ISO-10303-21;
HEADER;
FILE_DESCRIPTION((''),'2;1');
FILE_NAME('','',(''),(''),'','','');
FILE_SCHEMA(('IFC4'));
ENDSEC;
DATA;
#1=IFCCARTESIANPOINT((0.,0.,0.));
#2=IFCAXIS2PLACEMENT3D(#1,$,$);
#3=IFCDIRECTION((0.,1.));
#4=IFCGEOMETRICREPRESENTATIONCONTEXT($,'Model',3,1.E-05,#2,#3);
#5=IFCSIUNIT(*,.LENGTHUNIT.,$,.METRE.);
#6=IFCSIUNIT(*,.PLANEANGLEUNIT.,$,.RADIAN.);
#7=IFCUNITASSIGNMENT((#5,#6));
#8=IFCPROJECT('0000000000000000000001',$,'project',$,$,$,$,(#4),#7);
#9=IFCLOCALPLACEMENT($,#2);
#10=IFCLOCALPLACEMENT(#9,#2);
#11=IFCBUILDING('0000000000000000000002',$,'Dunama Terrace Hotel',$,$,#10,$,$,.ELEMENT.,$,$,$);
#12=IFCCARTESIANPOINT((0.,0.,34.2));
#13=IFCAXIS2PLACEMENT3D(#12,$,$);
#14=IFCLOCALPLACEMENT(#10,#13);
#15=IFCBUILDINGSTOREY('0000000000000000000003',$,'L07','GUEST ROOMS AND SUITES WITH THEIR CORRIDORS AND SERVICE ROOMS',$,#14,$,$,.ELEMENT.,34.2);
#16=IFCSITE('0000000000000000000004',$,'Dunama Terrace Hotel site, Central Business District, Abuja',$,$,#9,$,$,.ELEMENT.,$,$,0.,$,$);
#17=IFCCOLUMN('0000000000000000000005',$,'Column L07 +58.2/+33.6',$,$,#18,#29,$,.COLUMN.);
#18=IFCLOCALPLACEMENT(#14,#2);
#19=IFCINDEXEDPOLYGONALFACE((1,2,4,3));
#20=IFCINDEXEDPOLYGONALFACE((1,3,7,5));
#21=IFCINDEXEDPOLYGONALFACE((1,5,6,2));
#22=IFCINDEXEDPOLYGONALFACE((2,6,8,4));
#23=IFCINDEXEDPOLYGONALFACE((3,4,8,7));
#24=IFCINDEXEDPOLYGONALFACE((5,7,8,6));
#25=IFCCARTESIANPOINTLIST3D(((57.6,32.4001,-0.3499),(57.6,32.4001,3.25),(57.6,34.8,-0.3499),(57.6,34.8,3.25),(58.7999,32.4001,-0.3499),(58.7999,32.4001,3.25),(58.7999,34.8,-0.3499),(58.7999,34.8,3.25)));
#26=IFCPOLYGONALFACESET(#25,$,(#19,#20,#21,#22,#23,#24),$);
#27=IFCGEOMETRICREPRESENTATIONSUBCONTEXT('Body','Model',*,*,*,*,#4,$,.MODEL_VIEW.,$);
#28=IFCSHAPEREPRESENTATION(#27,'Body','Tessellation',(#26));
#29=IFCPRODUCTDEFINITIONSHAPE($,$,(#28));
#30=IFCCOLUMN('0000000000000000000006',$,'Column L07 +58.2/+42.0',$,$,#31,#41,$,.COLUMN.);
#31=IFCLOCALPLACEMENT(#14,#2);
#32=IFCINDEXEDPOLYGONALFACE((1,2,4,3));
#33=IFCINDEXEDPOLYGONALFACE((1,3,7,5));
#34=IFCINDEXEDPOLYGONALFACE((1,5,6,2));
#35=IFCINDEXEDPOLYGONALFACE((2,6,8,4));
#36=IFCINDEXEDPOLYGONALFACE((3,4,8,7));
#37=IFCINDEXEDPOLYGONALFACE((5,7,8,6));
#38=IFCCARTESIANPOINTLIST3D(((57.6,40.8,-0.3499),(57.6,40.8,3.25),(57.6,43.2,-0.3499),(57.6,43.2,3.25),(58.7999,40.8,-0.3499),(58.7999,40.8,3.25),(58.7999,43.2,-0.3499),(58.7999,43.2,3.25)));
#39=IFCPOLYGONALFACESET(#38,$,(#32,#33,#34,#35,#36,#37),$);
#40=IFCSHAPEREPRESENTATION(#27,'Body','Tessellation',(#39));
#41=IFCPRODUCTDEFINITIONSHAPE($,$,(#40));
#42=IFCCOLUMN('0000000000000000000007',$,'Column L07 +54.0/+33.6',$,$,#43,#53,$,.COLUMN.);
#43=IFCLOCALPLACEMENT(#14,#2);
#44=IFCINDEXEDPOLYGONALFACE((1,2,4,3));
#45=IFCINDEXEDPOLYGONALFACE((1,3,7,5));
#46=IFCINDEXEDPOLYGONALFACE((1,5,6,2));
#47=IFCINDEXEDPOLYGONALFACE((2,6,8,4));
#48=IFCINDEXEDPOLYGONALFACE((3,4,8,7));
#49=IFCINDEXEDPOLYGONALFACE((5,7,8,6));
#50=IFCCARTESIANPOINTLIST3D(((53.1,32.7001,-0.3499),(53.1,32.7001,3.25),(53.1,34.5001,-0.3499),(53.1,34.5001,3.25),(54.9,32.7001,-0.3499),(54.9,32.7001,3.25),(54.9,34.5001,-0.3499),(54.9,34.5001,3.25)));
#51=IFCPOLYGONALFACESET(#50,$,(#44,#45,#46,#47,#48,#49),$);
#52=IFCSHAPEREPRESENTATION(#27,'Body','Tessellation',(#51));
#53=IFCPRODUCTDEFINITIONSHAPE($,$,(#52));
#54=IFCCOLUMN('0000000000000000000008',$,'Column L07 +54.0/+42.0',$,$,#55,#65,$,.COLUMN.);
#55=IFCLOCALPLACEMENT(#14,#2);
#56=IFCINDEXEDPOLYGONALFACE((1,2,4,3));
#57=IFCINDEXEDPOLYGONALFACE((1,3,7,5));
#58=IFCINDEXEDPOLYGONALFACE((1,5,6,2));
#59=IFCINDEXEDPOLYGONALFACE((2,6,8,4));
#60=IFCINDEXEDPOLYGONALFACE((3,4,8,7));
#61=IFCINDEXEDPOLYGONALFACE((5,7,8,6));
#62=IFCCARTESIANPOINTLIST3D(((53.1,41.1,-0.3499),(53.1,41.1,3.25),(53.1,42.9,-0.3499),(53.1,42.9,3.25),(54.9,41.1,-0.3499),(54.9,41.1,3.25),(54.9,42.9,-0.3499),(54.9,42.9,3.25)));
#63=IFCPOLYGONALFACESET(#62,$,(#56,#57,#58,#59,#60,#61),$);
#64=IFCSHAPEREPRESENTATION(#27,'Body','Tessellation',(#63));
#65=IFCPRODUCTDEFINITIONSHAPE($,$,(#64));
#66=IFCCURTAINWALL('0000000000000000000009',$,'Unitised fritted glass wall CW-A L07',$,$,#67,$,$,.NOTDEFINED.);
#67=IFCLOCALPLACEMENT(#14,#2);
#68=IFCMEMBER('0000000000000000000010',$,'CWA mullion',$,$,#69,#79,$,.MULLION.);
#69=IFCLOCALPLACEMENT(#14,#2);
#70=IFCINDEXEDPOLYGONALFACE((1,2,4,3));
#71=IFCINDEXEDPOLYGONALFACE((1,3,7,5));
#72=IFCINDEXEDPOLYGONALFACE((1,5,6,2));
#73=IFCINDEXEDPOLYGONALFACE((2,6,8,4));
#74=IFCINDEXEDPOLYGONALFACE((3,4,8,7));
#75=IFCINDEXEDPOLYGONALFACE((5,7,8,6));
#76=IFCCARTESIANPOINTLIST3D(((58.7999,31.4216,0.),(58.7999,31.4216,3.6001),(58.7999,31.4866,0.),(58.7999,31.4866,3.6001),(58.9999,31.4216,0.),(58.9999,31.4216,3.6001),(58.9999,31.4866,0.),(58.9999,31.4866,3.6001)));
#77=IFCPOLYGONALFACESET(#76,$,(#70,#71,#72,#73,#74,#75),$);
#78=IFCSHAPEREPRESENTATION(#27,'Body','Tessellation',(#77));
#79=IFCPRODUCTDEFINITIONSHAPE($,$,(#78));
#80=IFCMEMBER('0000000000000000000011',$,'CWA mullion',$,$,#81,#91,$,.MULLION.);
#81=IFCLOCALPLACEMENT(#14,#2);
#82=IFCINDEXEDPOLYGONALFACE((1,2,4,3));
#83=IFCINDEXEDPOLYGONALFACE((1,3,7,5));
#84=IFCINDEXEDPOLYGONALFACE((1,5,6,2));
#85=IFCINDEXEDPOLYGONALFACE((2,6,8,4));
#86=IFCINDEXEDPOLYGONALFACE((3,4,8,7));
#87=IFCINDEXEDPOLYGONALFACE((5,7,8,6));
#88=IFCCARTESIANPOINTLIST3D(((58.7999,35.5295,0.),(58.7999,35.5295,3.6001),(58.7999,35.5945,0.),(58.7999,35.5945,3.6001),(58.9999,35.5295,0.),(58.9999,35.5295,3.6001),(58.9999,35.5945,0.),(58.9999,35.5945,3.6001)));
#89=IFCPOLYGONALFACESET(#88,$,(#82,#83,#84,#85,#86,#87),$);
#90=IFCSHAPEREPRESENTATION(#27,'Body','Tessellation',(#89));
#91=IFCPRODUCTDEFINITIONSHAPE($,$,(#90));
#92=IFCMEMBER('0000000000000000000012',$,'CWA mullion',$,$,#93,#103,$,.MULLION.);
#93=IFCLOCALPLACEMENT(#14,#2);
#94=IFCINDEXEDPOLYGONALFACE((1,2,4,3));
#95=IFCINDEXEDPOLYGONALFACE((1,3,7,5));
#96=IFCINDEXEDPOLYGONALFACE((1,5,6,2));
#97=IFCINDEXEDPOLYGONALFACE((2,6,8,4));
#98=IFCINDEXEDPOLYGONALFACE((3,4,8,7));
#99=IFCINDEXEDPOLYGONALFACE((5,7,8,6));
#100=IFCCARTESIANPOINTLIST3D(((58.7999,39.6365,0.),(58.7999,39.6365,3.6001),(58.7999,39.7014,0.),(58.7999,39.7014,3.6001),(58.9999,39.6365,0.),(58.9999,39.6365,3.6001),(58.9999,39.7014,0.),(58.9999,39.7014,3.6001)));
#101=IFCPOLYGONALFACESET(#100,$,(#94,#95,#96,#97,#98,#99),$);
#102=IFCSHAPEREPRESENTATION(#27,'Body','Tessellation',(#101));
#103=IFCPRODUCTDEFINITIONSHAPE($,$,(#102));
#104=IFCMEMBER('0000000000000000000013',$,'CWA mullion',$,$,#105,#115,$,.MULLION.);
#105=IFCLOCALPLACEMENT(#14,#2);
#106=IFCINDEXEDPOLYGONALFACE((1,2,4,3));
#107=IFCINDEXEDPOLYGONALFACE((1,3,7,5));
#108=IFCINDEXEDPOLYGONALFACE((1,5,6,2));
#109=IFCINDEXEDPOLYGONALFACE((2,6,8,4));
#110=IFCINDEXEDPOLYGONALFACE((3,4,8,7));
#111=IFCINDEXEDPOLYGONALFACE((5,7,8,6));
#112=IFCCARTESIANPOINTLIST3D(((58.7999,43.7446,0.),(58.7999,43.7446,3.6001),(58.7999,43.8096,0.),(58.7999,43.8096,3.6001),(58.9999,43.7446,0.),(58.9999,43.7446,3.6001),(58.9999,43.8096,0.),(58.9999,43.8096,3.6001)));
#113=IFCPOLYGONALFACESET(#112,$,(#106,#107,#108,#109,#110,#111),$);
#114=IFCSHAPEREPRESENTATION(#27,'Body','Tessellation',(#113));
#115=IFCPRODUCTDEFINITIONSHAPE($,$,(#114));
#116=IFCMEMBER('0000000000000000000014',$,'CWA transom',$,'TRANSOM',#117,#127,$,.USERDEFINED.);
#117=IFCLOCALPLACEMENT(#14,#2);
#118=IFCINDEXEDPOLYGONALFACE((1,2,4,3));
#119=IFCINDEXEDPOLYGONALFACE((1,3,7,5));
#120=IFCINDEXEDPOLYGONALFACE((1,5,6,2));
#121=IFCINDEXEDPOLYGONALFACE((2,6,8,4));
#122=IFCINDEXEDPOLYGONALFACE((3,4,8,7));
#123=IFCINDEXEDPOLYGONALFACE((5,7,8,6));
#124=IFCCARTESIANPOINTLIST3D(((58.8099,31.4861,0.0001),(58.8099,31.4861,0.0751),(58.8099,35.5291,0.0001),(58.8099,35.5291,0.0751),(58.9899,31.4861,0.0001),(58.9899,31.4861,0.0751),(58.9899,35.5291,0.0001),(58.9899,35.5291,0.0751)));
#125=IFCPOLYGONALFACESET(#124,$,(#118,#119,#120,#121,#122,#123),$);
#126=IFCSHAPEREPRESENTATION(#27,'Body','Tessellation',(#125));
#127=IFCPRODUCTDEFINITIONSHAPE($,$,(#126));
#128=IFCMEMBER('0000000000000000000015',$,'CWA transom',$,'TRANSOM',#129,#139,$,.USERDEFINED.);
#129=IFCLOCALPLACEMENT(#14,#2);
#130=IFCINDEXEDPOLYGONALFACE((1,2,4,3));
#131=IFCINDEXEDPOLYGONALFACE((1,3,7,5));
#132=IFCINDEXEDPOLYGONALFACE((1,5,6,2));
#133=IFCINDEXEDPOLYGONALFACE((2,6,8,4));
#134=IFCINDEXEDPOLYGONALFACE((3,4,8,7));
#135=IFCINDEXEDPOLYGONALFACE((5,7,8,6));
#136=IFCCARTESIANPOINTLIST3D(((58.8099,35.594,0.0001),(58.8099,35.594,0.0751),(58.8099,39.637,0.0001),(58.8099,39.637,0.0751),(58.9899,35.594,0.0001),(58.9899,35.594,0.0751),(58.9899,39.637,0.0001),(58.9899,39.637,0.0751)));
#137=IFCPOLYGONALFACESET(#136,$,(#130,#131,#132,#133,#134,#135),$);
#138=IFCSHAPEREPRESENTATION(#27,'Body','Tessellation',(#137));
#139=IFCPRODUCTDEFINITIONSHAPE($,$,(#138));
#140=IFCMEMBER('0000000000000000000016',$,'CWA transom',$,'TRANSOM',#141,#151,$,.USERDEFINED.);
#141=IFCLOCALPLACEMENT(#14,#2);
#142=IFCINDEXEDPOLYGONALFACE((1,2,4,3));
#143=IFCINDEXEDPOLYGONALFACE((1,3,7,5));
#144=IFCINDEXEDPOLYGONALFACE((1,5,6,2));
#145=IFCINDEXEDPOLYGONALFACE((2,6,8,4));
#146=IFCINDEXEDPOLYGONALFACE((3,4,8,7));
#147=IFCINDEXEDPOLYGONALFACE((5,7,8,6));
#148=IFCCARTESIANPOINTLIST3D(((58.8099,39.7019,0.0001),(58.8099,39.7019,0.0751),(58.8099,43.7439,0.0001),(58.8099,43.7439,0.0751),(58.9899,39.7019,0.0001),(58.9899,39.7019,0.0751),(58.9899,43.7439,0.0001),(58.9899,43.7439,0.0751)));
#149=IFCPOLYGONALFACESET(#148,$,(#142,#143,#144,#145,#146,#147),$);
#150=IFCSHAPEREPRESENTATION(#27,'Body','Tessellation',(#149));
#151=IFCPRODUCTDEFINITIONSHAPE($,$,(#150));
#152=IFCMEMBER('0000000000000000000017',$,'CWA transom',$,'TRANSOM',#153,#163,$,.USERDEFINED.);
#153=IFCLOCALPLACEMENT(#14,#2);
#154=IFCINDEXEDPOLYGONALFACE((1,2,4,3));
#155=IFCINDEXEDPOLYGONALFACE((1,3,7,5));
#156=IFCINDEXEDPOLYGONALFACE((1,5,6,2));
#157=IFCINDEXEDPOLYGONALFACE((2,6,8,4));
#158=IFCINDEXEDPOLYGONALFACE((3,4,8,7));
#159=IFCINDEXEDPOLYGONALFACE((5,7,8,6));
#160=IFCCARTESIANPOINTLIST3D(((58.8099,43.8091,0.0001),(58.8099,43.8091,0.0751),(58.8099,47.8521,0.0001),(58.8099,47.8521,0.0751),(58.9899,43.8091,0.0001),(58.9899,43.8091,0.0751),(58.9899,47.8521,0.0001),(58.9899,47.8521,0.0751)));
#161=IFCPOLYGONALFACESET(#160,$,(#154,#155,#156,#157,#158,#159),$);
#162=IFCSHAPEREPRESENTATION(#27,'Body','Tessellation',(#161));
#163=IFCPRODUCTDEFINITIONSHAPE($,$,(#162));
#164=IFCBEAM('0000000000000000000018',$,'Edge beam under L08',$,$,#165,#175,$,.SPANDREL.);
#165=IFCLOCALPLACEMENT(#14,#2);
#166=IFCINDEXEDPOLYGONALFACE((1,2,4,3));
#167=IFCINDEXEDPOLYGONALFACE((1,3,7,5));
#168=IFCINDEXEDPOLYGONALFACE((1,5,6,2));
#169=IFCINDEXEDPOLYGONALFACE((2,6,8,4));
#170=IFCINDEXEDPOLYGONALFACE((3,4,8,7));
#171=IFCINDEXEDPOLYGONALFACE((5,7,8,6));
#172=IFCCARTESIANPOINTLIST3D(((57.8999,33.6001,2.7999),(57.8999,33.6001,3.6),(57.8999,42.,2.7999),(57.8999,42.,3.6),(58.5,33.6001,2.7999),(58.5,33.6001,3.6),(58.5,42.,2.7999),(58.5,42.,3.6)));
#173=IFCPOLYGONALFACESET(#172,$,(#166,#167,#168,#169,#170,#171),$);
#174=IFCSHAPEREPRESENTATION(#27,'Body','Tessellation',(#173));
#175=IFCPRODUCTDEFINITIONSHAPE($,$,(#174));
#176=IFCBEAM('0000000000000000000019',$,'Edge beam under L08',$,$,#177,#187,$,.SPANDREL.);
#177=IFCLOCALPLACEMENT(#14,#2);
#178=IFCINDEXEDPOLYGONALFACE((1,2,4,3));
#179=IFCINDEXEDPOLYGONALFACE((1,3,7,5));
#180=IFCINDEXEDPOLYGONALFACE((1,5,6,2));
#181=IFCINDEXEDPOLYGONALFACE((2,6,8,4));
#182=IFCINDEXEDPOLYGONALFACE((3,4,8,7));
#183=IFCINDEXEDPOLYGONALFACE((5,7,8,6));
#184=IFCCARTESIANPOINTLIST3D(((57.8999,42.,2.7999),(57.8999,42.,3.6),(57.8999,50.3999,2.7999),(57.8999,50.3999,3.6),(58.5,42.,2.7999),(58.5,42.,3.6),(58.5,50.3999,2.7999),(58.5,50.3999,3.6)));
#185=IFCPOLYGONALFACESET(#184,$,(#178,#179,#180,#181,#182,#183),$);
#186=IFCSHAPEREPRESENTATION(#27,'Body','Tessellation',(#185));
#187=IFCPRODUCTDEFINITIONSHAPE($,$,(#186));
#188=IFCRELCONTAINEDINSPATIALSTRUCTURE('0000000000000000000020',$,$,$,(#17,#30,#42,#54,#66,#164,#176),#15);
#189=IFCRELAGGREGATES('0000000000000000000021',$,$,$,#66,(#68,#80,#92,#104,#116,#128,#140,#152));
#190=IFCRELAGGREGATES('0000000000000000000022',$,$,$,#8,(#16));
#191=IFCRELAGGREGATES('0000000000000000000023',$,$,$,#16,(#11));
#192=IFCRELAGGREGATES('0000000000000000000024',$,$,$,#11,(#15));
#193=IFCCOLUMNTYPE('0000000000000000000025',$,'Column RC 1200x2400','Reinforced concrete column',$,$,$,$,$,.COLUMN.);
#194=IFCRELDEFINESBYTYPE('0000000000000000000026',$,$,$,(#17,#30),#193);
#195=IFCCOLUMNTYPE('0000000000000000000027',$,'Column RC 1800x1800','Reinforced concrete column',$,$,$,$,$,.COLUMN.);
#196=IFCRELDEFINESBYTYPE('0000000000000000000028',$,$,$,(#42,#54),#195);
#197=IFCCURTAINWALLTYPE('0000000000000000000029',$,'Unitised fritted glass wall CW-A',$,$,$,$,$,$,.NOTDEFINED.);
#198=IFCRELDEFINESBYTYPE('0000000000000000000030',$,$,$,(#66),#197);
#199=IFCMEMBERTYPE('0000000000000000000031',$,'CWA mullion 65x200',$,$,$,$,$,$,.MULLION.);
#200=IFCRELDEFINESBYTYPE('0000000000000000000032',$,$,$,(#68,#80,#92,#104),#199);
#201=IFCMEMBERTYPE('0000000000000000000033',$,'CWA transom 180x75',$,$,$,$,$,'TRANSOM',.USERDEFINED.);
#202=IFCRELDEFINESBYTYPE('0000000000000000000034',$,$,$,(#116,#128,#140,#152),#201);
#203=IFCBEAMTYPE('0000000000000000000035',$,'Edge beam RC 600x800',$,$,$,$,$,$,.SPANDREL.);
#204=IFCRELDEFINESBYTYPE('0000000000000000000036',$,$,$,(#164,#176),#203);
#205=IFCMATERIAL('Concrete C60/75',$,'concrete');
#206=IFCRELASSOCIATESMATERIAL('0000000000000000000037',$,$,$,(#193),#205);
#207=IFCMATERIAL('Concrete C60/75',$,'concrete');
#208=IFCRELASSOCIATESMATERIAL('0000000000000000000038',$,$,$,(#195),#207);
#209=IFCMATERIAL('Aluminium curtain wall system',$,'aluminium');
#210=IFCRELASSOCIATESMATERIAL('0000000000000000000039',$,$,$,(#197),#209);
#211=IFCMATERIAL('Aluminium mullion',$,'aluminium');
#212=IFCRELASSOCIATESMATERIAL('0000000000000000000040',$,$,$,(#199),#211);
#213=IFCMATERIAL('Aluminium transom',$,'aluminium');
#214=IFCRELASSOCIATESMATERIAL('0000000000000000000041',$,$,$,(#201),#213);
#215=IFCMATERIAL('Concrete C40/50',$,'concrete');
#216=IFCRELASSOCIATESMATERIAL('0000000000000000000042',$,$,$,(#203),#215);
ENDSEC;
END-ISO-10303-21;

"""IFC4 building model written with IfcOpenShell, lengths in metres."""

from ifc_helpers import new_model, si_unit, direction, frame, origin, origin_2d, place, context, subcontext, project, spatial, rectangle, extrude, material, material_profile, profile_set, type_object, element, aggregate, save


model = new_model("IFC4")

# Units and contexts
model_context = context("Model", 3, precision=1e-05, world=origin(), true_north=direction((0.0, 1.0)))
body_context = subcontext(model_context, "Body", "Model", "MODEL_VIEW")
ifc_project = project(units=[si_unit("LENGTHUNIT", "METRE"), si_unit("PLANEANGLEUNIT", "RADIAN")], contexts=[model_context])

# Site, building, storey
site_placement = place(None, origin())
site = spatial("IfcSite", under=ifc_project, at=site_placement, Name="Dunama Terrace Hotel site, Central Business District, Abuja", CompositionType="ELEMENT", RefElevation=0.0)
building_placement = place(site_placement, origin())
building = spatial("IfcBuilding", under=site, at=building_placement, Name="Dunama Terrace Hotel", CompositionType="ELEMENT")
storey_placement = place(building_placement, frame((0.0, 0.0, 34.2)))
storey = spatial("IfcBuildingStorey", under=building, at=storey_placement, Name="L07", Description="GUEST ROOMS AND SUITES WITH THEIR CORRIDORS AND SERVICE ROOMS", CompositionType="ELEMENT", Elevation=34.2)

# Columns
ifc_material_1 = material(Name="Concrete C60/75", Category="concrete")
ifc_material_profile_1 = material_profile(ifc_material_1, rectangle(XDim=1.2, YDim=2.3999, at=origin_2d()), Name="RC 1200x2400")
ifc_profile_set_1 = profile_set([ifc_material_profile_1], Name="Concrete C60/75")
column_type_1 = type_object("IfcColumnType", Name="Column RC 1200x2400", Description="Reinforced concrete column", PredefinedType="COLUMN", material=ifc_profile_set_1)
for number, where, z_axis, x_axis, name in (
    (1, (58.2, 33.6001, -0.3499), (0.0, 0.0, 1.0), (1.0, 0.0, 0.0), "Column L07 +58.2/+33.6"),
    (2, (58.2, 42.0, -0.3499), (0.0, 0.0, 1.0), (1.0, 0.0, 0.0), "Column L07 +58.2/+42.0"),
):
    element("IfcColumn", number, at=place(storey_placement, frame(where, z_axis=z_axis, x_axis=x_axis)), inside=storey, type_object=column_type_1, Name=name, PredefinedType="COLUMN", context=body_context, shape_type="SweptSolid", body=[
        extrude(rectangle(XDim=1.2, YDim=2.3999, at=origin_2d()), origin(), (0.0, 0.0, 1.0), 3.5999),
    ])
ifc_material_2 = material(Name="Concrete C60/75", Category="concrete")
ifc_material_profile_2 = material_profile(ifc_material_2, rectangle(XDim=1.8, YDim=1.8, at=origin_2d()), Name="RC 1800x1800")
ifc_profile_set_2 = profile_set([ifc_material_profile_2], Name="Concrete C60/75")
column_type_2 = type_object("IfcColumnType", Name="Column RC 1800x1800", Description="Reinforced concrete column", PredefinedType="COLUMN", material=ifc_profile_set_2)
for number, where, z_axis, x_axis, name in (
    (3, (54.0, 33.6001, -0.3499), (0.0, 0.0, 1.0), (1.0, 0.0, 0.0), "Column L07 +54.0/+33.6"),
    (4, (54.0, 42.0, -0.3499), (0.0, 0.0, 1.0), (1.0, 0.0, 0.0), "Column L07 +54.0/+42.0"),
):
    element("IfcColumn", number, at=place(storey_placement, frame(where, z_axis=z_axis, x_axis=x_axis)), inside=storey, type_object=column_type_2, Name=name, PredefinedType="COLUMN", context=body_context, shape_type="SweptSolid", body=[
        extrude(rectangle(XDim=1.8, YDim=1.8, at=origin_2d()), origin(), (0.0, 0.0, 1.0), 3.5999),
    ])

# Curtain wall, members
ifc_material_3 = material(Name="Aluminium curtain wall system", Category="aluminium")
curtain_wall_type = type_object("IfcCurtainWallType", Name="Unitised fritted glass wall CW-A", PredefinedType="NOTDEFINED", material=ifc_material_3)
curtain_wall_placement = place(storey_placement, origin())
curtain_wall = element("IfcCurtainWall", 5, at=curtain_wall_placement, inside=storey, type_object=curtain_wall_type, Name="Unitised fritted glass wall CW-A L07", PredefinedType="NOTDEFINED")
ifc_material_4 = material(Name="Aluminium mullion", Category="aluminium")
ifc_material_profile_3 = material_profile(ifc_material_4, rectangle(XDim=0.0649, YDim=0.2, at=origin_2d()), Name="CWA MULLION 65X200")
ifc_profile_set_3 = profile_set([ifc_material_profile_3], Name="Aluminium mullion")
member_type_1 = type_object("IfcMemberType", Name="CWA mullion 65x200", PredefinedType="MULLION", material=ifc_profile_set_3)
member_1_placement = place(storey_placement, frame((58.8999, 31.4541, 0.0), z_axis=(0.0, 0.0, 1.0), x_axis=(0.0, 1.0, 0.0)))
member_1 = element("IfcMember", 6, at=member_1_placement, type_object=member_type_1, Name="CWA mullion", PredefinedType="MULLION", context=body_context, shape_type="SweptSolid", body=[
    extrude(rectangle(XDim=0.0649, YDim=0.2, at=origin_2d()), origin(), (0.0, 0.0, 1.0), 3.6001),
])
member_2_placement = place(storey_placement, frame((58.8999, 35.562, 0.0), z_axis=(0.0, 0.0, 1.0), x_axis=(0.0, 1.0, 0.0)))
member_2 = element("IfcMember", 7, at=member_2_placement, type_object=member_type_1, Name="CWA mullion", PredefinedType="MULLION", context=body_context, shape_type="SweptSolid", body=[
    extrude(rectangle(XDim=0.0649, YDim=0.2, at=origin_2d()), origin(), (0.0, 0.0, 1.0), 3.6001),
])
member_3_placement = place(storey_placement, frame((58.8999, 39.6689, 0.0), z_axis=(0.0, 0.0, 1.0), x_axis=(0.0, 1.0, 0.0)))
member_3 = element("IfcMember", 8, at=member_3_placement, type_object=member_type_1, Name="CWA mullion", PredefinedType="MULLION", context=body_context, shape_type="SweptSolid", body=[
    extrude(rectangle(XDim=0.0649, YDim=0.2, at=origin_2d()), origin(), (0.0, 0.0, 1.0), 3.6001),
])
member_4_placement = place(storey_placement, frame((58.8999, 43.7771, 0.0), z_axis=(0.0, 0.0, 1.0), x_axis=(0.0, 1.0, 0.0)))
member_4 = element("IfcMember", 9, at=member_4_placement, type_object=member_type_1, Name="CWA mullion", PredefinedType="MULLION", context=body_context, shape_type="SweptSolid", body=[
    extrude(rectangle(XDim=0.0649, YDim=0.2, at=origin_2d()), origin(), (0.0, 0.0, 1.0), 3.6001),
])
ifc_material_5 = material(Name="Aluminium transom", Category="aluminium")
ifc_material_profile_4 = material_profile(ifc_material_5, rectangle(XDim=0.1799, YDim=0.075, at=origin_2d()), Name="CWA TRANSOM 180X75")
ifc_profile_set_4 = profile_set([ifc_material_profile_4], Name="Aluminium transom")
member_type_2 = type_object("IfcMemberType", Name="CWA transom 180x75", ElementType="TRANSOM", PredefinedType="USERDEFINED", material=ifc_profile_set_4)
member_5_placement = place(storey_placement, frame((58.8999, 31.4861, 0.0376), z_axis=(0.0, 1.0, 0.0), x_axis=(-1.0, 0.0, 0.0)))
member_5 = element("IfcMember", 10, at=member_5_placement, type_object=member_type_2, Name="CWA transom", ObjectType="TRANSOM", PredefinedType="USERDEFINED", context=body_context, shape_type="SweptSolid", body=[
    extrude(rectangle(XDim=0.1799, YDim=0.075, at=origin_2d()), origin(), (0.0, 0.0, 1.0), 4.043),
])
member_6_placement = place(storey_placement, frame((58.8999, 35.594, 0.0376), z_axis=(0.0, 1.0, 0.0), x_axis=(-1.0, 0.0, 0.0)))
member_6 = element("IfcMember", 11, at=member_6_placement, type_object=member_type_2, Name="CWA transom", ObjectType="TRANSOM", PredefinedType="USERDEFINED", context=body_context, shape_type="SweptSolid", body=[
    extrude(rectangle(XDim=0.1799, YDim=0.075, at=origin_2d()), origin(), (0.0, 0.0, 1.0), 4.043),
])
member_7_placement = place(storey_placement, frame((58.8999, 39.7019, 0.0376), z_axis=(0.0, 1.0, 0.0), x_axis=(-1.0, 0.0, 0.0)))
member_7 = element("IfcMember", 12, at=member_7_placement, type_object=member_type_2, Name="CWA transom", ObjectType="TRANSOM", PredefinedType="USERDEFINED", context=body_context, shape_type="SweptSolid", body=[
    extrude(rectangle(XDim=0.1799, YDim=0.075, at=origin_2d()), origin(), (0.0, 0.0, 1.0), 4.042),
])
member_8_placement = place(storey_placement, frame((58.8999, 43.8091, 0.0376), z_axis=(0.0, 1.0, 0.0), x_axis=(-1.0, 0.0, 0.0)))
member_8 = element("IfcMember", 13, at=member_8_placement, type_object=member_type_2, Name="CWA transom", ObjectType="TRANSOM", PredefinedType="USERDEFINED", context=body_context, shape_type="SweptSolid", body=[
    extrude(rectangle(XDim=0.1799, YDim=0.075, at=origin_2d()), origin(), (0.0, 0.0, 1.0), 4.043),
])

# Beams
ifc_material_6 = material(Name="Concrete C40/50", Category="concrete")
ifc_material_profile_5 = material_profile(ifc_material_6, rectangle(XDim=0.6001, YDim=0.8, at=origin_2d()), Name="RC 600x800")
ifc_profile_set_5 = profile_set([ifc_material_profile_5], Name="Concrete C40/50")
beam_type = type_object("IfcBeamType", Name="Edge beam RC 600x800", PredefinedType="SPANDREL", material=ifc_profile_set_5)
for number, where, z_axis, x_axis, name in (
    (14, (58.2, 33.6001, 3.2), (0.0, 1.0, 0.0), (-1.0, 0.0, 0.0), "Edge beam under L08"),
    (15, (58.2, 42.0, 3.2), (0.0, 1.0, 0.0), (-1.0, 0.0, 0.0), "Edge beam under L08"),
):
    element("IfcBeam", number, at=place(storey_placement, frame(where, z_axis=z_axis, x_axis=x_axis)), inside=storey, type_object=beam_type, Name=name, PredefinedType="SPANDREL", context=body_context, shape_type="SweptSolid", body=[
        extrude(rectangle(XDim=0.6001, YDim=0.8, at=origin_2d()), origin(), (0.0, 0.0, 1.0), 8.3999),
    ])

aggregate(curtain_wall, [member_1, member_2, member_3, member_4, member_5, member_6, member_7, member_8])

save(model, "model.ifc")
